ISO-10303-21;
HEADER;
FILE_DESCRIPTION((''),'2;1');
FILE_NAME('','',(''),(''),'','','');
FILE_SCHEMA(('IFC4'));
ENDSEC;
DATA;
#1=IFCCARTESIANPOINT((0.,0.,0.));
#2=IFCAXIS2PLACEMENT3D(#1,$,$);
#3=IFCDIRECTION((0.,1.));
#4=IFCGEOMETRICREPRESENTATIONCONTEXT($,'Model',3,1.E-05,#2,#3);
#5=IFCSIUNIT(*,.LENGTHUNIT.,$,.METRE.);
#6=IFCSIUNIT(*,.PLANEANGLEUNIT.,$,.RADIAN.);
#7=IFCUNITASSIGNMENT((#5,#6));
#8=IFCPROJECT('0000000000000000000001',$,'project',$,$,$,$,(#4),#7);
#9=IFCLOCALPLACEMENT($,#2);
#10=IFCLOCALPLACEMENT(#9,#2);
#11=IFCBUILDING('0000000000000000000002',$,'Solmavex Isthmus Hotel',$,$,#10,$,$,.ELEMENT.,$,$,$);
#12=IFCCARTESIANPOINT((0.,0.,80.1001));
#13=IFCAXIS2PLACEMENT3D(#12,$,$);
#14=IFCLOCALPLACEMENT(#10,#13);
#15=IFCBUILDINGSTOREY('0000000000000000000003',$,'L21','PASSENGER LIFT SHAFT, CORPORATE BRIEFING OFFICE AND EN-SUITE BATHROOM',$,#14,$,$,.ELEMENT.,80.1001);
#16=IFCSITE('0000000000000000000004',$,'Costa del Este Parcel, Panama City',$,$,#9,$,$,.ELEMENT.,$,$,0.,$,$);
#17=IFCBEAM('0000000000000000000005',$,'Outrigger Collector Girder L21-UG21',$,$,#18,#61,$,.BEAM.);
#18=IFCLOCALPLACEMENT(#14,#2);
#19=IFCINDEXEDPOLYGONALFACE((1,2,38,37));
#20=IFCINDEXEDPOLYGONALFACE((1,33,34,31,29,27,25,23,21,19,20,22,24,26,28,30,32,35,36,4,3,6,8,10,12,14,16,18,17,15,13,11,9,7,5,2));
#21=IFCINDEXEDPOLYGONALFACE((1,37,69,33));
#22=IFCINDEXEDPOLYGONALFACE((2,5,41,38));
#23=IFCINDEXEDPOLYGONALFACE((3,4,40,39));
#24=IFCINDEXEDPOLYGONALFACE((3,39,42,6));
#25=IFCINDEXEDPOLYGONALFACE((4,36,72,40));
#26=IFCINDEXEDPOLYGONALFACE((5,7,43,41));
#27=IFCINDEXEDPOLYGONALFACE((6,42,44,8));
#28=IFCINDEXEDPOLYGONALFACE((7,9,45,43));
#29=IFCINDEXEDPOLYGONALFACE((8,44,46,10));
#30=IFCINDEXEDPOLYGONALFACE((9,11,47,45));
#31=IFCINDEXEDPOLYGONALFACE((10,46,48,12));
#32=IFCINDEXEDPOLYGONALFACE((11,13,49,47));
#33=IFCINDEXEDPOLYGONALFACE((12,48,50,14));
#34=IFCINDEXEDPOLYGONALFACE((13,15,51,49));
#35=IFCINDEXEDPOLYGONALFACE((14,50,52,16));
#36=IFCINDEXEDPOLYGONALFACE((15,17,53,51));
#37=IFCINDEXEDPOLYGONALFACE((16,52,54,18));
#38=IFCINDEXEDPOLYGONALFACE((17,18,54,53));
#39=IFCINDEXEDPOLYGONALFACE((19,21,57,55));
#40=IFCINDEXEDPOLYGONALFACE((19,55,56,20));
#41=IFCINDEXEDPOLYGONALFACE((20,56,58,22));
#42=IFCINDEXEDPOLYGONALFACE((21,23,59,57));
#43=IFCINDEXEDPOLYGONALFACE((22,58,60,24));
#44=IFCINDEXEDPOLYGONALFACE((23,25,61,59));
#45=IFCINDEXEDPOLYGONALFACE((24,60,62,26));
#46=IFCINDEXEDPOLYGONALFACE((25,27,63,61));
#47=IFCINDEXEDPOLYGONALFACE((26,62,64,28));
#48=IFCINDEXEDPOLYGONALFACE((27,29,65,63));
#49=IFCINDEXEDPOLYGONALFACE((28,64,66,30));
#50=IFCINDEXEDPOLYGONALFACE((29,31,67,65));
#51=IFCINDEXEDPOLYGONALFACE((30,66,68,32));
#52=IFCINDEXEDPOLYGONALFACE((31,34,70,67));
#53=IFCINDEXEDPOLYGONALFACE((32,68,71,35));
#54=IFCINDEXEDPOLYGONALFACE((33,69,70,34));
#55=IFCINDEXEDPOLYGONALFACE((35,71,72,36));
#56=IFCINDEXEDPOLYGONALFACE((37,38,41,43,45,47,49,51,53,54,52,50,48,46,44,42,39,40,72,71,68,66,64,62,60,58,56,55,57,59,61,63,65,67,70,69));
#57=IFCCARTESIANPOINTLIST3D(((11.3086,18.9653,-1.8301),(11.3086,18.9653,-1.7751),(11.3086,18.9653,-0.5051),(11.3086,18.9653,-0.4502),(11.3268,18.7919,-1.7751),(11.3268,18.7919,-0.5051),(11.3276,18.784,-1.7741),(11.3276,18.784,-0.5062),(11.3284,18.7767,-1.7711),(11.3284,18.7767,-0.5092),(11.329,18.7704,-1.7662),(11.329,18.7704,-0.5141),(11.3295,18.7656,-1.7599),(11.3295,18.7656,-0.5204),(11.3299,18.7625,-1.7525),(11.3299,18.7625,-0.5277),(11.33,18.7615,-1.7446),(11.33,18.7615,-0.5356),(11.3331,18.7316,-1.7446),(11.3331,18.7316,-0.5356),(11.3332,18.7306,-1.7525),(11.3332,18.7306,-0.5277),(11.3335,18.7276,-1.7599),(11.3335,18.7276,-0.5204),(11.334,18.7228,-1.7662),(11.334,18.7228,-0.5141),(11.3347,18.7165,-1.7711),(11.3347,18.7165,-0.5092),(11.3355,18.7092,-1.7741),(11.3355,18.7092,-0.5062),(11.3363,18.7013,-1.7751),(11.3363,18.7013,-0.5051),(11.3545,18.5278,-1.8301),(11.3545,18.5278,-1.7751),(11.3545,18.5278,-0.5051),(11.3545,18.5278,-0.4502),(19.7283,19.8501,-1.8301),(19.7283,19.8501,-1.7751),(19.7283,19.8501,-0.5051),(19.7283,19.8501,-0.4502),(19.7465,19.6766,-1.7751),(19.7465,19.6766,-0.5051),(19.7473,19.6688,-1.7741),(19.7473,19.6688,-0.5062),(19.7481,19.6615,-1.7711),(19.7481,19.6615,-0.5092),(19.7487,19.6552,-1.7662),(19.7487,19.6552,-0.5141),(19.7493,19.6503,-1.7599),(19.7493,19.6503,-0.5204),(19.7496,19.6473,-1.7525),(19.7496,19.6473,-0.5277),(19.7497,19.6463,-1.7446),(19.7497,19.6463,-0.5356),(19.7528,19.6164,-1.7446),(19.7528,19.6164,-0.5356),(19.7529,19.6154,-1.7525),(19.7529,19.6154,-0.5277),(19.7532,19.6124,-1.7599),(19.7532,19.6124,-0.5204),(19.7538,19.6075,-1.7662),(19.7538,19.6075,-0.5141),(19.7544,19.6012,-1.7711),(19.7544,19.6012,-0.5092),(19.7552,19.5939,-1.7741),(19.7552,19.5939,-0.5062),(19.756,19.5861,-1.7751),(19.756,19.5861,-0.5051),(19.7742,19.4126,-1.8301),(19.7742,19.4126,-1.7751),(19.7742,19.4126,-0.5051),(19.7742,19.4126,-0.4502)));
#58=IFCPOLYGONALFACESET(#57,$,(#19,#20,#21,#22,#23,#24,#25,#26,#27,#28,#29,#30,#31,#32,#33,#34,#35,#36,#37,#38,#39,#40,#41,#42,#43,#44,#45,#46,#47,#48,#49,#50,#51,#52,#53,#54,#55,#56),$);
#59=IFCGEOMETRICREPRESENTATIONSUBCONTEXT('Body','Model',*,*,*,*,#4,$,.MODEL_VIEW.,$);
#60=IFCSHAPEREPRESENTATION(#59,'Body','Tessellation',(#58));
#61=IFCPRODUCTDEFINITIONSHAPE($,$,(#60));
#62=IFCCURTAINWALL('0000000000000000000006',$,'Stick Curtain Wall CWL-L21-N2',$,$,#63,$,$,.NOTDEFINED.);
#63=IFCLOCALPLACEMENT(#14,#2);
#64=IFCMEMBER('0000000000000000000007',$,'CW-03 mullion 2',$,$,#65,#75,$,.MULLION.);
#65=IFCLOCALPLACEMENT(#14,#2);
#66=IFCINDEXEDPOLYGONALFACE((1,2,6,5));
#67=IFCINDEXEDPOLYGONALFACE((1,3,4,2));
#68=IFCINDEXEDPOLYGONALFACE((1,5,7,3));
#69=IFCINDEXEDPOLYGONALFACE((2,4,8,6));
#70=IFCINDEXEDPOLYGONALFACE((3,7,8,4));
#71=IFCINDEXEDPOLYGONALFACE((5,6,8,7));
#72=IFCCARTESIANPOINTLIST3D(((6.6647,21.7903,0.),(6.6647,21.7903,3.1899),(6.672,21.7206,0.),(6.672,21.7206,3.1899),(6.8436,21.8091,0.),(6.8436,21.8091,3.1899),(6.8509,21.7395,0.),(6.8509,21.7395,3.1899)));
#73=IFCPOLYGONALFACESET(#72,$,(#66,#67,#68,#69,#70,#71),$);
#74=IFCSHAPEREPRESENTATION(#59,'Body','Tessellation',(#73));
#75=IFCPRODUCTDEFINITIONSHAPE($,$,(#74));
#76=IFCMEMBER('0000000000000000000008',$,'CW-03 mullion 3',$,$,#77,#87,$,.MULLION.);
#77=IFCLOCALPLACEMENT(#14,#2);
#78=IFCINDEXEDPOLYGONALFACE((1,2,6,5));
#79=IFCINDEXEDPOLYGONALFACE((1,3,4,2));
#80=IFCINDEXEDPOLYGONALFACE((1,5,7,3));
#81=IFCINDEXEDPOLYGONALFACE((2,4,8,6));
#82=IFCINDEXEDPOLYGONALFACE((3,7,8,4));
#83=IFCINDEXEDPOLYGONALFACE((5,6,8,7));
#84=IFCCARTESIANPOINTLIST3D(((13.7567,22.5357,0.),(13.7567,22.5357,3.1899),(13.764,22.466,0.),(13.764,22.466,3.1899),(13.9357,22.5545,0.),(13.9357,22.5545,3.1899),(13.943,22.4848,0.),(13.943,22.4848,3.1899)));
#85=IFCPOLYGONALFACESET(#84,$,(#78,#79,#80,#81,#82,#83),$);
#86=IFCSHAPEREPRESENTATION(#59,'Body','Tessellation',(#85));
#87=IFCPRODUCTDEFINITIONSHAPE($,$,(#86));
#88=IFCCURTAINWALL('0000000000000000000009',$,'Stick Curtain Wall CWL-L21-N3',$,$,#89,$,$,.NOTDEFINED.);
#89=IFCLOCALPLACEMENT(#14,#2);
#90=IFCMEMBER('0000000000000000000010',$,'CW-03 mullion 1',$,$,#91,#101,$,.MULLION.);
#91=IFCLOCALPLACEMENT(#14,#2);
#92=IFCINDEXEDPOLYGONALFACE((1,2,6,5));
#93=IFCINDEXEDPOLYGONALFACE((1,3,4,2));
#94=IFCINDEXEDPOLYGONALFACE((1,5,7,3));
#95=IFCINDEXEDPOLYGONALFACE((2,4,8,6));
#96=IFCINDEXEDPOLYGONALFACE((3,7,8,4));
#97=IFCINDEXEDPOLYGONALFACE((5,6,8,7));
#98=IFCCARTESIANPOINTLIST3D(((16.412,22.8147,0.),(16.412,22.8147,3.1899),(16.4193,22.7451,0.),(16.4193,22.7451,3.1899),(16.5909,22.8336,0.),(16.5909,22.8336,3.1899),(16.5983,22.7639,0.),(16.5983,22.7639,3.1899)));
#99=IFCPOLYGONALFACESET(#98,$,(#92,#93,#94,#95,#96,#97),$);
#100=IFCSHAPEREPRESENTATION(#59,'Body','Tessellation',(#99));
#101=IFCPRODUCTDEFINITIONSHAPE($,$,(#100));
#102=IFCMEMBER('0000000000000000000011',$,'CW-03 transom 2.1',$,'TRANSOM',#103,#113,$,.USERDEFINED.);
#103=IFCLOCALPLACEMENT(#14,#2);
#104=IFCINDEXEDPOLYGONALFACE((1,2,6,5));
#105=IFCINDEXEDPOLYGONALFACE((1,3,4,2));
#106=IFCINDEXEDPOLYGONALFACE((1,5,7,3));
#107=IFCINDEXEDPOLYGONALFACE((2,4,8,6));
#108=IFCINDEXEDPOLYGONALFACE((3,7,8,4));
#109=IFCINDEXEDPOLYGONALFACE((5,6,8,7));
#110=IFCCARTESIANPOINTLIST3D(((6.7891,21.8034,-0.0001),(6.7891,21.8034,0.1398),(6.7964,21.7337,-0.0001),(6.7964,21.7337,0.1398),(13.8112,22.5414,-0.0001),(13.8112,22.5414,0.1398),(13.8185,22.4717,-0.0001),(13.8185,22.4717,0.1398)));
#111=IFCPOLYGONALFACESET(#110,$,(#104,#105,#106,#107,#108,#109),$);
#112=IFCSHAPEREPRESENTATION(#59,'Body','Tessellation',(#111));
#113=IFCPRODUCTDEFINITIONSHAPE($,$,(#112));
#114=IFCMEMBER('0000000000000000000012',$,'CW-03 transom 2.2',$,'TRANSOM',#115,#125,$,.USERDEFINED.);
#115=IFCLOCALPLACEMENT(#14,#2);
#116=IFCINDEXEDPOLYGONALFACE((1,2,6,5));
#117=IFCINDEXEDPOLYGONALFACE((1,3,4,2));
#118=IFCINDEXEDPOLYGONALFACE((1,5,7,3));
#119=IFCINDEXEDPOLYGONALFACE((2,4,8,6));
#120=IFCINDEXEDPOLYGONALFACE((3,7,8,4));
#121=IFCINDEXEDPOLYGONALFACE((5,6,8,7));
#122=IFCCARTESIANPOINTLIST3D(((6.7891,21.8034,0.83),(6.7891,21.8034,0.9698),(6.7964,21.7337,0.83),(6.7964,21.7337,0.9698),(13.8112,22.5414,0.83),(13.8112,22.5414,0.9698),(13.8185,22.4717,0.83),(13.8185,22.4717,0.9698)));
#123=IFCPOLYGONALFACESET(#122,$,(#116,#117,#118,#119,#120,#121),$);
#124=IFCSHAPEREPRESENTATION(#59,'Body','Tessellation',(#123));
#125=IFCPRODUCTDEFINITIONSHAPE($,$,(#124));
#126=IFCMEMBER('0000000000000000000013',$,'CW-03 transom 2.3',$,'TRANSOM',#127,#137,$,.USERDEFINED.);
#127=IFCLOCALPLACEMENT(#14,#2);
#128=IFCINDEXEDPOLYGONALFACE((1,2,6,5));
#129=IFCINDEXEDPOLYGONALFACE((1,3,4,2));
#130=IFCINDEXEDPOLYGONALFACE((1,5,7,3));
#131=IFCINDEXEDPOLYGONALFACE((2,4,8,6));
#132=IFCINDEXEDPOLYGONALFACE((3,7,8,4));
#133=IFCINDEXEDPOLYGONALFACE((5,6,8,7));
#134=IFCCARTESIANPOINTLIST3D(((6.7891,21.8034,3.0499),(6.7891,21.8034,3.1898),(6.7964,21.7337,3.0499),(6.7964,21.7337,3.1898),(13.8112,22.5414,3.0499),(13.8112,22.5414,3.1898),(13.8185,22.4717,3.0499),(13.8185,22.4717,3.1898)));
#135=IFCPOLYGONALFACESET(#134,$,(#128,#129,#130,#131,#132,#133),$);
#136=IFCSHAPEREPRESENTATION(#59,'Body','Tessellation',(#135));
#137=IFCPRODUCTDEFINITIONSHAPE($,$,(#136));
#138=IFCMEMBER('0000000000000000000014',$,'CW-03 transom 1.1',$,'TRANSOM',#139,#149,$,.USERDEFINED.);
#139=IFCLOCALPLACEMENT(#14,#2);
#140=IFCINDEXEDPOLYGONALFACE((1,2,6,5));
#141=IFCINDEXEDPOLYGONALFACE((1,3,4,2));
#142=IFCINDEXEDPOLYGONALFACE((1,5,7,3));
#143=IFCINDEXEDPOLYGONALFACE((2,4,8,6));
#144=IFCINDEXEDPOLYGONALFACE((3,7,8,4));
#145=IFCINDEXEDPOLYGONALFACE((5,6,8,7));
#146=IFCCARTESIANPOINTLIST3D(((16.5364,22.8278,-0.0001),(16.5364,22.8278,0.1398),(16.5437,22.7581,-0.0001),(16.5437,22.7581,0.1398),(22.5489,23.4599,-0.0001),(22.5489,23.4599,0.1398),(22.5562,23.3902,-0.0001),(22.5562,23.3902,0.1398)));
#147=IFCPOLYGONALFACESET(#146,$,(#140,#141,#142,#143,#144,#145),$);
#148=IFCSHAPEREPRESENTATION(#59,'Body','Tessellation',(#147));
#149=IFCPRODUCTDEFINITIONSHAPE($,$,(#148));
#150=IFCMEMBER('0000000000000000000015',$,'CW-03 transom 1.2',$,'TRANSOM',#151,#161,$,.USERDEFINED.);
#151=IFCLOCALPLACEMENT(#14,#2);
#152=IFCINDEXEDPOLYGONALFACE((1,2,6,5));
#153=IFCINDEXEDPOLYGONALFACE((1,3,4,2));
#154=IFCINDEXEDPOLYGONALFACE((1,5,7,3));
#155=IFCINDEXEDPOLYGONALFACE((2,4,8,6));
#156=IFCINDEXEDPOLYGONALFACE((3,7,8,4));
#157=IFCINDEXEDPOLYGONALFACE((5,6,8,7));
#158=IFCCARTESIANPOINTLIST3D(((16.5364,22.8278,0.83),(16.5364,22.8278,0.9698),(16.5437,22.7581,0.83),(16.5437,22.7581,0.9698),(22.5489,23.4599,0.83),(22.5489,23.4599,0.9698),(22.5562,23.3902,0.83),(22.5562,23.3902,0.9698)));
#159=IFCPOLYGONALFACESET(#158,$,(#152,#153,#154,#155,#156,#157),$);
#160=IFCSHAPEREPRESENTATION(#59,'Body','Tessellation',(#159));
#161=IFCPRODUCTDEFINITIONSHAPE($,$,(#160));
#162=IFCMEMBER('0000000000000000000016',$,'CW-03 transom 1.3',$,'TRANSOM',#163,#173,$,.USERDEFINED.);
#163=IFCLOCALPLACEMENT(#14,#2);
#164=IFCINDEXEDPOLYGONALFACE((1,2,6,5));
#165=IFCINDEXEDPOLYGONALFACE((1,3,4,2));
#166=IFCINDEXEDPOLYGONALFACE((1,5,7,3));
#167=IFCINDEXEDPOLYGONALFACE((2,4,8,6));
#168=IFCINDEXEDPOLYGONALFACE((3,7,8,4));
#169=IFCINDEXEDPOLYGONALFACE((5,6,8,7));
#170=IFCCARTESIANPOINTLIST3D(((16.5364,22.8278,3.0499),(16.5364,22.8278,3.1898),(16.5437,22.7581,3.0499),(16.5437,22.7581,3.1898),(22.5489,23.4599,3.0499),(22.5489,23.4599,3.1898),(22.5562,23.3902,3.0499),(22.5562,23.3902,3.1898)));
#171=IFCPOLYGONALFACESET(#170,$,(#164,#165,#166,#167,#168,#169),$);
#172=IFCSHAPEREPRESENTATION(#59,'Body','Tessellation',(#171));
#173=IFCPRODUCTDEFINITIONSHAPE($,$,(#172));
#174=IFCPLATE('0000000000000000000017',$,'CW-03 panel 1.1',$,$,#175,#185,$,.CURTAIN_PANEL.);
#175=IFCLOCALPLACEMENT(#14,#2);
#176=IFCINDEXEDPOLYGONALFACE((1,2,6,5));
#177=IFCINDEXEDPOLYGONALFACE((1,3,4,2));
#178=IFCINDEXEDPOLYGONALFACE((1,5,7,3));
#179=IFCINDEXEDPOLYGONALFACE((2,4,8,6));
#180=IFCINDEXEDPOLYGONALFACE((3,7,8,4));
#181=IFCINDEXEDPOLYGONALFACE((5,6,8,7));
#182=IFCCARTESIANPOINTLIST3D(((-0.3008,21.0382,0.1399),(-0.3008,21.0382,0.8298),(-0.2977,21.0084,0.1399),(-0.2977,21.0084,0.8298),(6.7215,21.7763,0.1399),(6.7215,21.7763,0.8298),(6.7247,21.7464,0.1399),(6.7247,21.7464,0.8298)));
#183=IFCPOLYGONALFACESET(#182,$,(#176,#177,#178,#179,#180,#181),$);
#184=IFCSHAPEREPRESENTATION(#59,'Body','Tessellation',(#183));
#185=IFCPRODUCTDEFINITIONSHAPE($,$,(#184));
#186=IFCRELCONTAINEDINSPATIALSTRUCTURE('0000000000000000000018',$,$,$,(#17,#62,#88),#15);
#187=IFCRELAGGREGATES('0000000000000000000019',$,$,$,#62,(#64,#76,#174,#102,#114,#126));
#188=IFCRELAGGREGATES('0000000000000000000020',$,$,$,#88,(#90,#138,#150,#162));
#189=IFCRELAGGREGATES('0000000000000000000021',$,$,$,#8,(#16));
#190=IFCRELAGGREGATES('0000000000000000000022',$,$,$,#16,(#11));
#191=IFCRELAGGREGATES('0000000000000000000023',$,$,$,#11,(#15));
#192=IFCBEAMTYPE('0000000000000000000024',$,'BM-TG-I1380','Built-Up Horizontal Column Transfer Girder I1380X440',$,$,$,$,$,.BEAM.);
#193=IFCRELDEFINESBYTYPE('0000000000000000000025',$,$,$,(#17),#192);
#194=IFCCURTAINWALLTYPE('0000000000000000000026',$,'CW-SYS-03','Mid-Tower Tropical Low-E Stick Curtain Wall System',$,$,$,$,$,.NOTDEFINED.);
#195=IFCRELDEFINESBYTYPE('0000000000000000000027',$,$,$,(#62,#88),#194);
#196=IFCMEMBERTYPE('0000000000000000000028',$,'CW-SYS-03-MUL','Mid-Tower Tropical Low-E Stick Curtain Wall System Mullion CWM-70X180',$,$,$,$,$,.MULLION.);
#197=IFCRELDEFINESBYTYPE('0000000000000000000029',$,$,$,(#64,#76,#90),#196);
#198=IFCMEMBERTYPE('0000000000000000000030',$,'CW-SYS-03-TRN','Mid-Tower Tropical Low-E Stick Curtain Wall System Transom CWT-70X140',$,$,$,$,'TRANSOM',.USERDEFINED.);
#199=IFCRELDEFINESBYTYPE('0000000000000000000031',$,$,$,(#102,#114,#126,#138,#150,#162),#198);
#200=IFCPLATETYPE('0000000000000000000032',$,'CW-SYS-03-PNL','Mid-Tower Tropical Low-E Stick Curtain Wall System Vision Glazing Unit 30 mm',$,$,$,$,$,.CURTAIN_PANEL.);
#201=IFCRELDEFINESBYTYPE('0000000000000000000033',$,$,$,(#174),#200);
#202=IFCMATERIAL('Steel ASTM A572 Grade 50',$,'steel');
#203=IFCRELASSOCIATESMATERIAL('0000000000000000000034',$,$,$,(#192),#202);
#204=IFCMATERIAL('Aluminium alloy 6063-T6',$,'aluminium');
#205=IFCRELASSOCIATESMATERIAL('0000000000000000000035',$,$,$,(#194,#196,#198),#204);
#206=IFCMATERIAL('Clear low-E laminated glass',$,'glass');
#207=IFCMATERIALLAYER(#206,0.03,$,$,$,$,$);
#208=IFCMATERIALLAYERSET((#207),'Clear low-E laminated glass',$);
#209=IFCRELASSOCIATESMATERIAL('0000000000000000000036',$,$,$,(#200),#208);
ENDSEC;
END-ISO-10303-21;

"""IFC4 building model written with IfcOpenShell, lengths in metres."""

from ifc_helpers import new_model, si_unit, direction, frame, origin, origin_2d, place, context, subcontext, project, spatial, rectangle, i_section, extrude, material, layer, layer_set, material_profile, profile_set, type_object, element, aggregate, save


model = new_model("IFC4")

# Units and contexts
model_context = context("Model", 3, precision=1e-05, world=origin(), true_north=direction((0.0, 1.0)))
body_context = subcontext(model_context, "Body", "Model", "MODEL_VIEW")
ifc_project = project(units=[si_unit("LENGTHUNIT", "METRE"), si_unit("PLANEANGLEUNIT", "RADIAN")], contexts=[model_context])

# Site, building, storey
site_placement = place(None, origin())
site = spatial("IfcSite", under=ifc_project, at=site_placement, Name="Costa del Este Parcel, Panama City", CompositionType="ELEMENT", RefElevation=0.0)
building_placement = place(site_placement, origin())
building = spatial("IfcBuilding", under=site, at=building_placement, Name="Solmavex Isthmus Hotel", CompositionType="ELEMENT")
storey_placement = place(building_placement, frame((0.0, 0.0, 80.1001)))
storey = spatial("IfcBuildingStorey", under=building, at=storey_placement, Name="L21", Description="PASSENGER LIFT SHAFT, CORPORATE BRIEFING OFFICE AND EN-SUITE BATHROOM", CompositionType="ELEMENT", Elevation=80.1001)

# Beam
ifc_material_1 = material(Name="Steel ASTM A572 Grade 50", Category="steel")
ifc_material_profile_1 = material_profile(ifc_material_1, i_section(OverallWidth=0.4399, OverallDepth=1.3799, WebThickness=0.03, FlangeThickness=0.0549, FilletRadius=0.0305, at=origin_2d()), Name="I1380X440")
ifc_profile_set_1 = profile_set([ifc_material_profile_1], Name="Steel ASTM A572 Grade 50")
beam_type = type_object("IfcBeamType", Name="BM-TG-I1380", Description="Built-Up Horizontal Column Transfer Girder I1380X440", PredefinedType="BEAM", material=ifc_profile_set_1)
beam_placement = place(storey_placement, frame((11.3315, 18.7466, -1.1401), z_axis=(0.994524, 0.104508, 0.0), x_axis=(-0.104508, 0.994524, 0.0)))
element("IfcBeam", 1, at=beam_placement, inside=storey, type_object=beam_type, Name="Outrigger Collector Girder L21-UG21", PredefinedType="BEAM", context=body_context, shape_type="SweptSolid", body=[
    extrude(i_section(OverallWidth=0.4399, OverallDepth=1.3799, WebThickness=0.03, FlangeThickness=0.0549, FilletRadius=0.0305, at=origin_2d()), origin(), (0.0, 0.0, 1.0), 8.4661),
])

# Curtain wall, members
ifc_material_2 = material(Name="Aluminium alloy 6063-T6", Category="aluminium")
curtain_wall_type = type_object("IfcCurtainWallType", Name="CW-SYS-03", Description="Mid-Tower Tropical Low-E Stick Curtain Wall System", PredefinedType="NOTDEFINED", material=ifc_material_2)
curtain_wall_1_placement = place(storey_placement, origin())
curtain_wall_1 = element("IfcCurtainWall", 2, at=curtain_wall_1_placement, inside=storey, type_object=curtain_wall_type, Name="Stick Curtain Wall CWL-L21-N2", PredefinedType="NOTDEFINED")
ifc_material_profile_2 = material_profile(ifc_material_2, rectangle(XDim=0.0701, YDim=0.1799, at=origin_2d()), Name="CWM-70X180")
ifc_profile_set_2 = profile_set([ifc_material_profile_2], Name="Aluminium alloy 6063-T6")
member_type_1 = type_object("IfcMemberType", Name="CW-SYS-03-MUL", Description="Mid-Tower Tropical Low-E Stick Curtain Wall System Mullion CWM-70X180", PredefinedType="MULLION", material=ifc_profile_set_2)
member_1_placement = place(storey_placement, frame((6.7578, 21.7649, 0.0), z_axis=(0.0, 0.0, 1.0), x_axis=(-0.104529, 0.994522, 0.0)))
member_1 = element("IfcMember", 3, at=member_1_placement, type_object=member_type_1, Name="CW-03 mullion 2", PredefinedType="MULLION", context=body_context, shape_type="SweptSolid", body=[
    extrude(rectangle(XDim=0.0701, YDim=0.1799, at=origin_2d()), origin(), (0.0, 0.0, 1.0), 3.1899),
])
member_2_placement = place(storey_placement, frame((13.8499, 22.5103, 0.0), z_axis=(0.0, 0.0, 1.0), x_axis=(-0.104529, 0.994522, 0.0)))
member_2 = element("IfcMember", 4, at=member_2_placement, type_object=member_type_1, Name="CW-03 mullion 3", PredefinedType="MULLION", context=body_context, shape_type="SweptSolid", body=[
    extrude(rectangle(XDim=0.0701, YDim=0.1799, at=origin_2d()), origin(), (0.0, 0.0, 1.0), 3.1899),
])

# Curtain wall, member
curtain_wall_2_placement = place(storey_placement, origin())
curtain_wall_2 = element("IfcCurtainWall", 5, at=curtain_wall_2_placement, inside=storey, type_object=curtain_wall_type, Name="Stick Curtain Wall CWL-L21-N3", PredefinedType="NOTDEFINED")
member_3_placement = place(storey_placement, frame((16.5051, 22.7893, 0.0), z_axis=(0.0, 0.0, 1.0), x_axis=(-0.104528, 0.994522, 0.0)))
member_3 = element("IfcMember", 6, at=member_3_placement, type_object=member_type_1, Name="CW-03 mullion 1", PredefinedType="MULLION", context=body_context, shape_type="SweptSolid", body=[
    extrude(rectangle(XDim=0.0701, YDim=0.1799, at=origin_2d()), origin(), (0.0, 0.0, 1.0), 3.1899),
])

# Members
ifc_material_profile_3 = material_profile(ifc_material_2, rectangle(XDim=0.0701, YDim=0.1399, at=origin_2d()), Name="CWT-70X140")
ifc_profile_set_3 = profile_set([ifc_material_profile_3], Name="Aluminium alloy 6063-T6")
member_type_2 = type_object("IfcMemberType", Name="CW-SYS-03-TRN", Description="Mid-Tower Tropical Low-E Stick Curtain Wall System Transom CWT-70X140", ElementType="TRANSOM", PredefinedType="USERDEFINED", material=ifc_profile_set_3)
member_4_placement = place(storey_placement, frame((6.7927, 21.7686, 0.0698), z_axis=(0.994522, 0.104525, 0.0), x_axis=(-0.104525, 0.994522, 0.0)))
member_4 = element("IfcMember", 7, at=member_4_placement, type_object=member_type_2, Name="CW-03 transom 2.1", ObjectType="TRANSOM", PredefinedType="USERDEFINED", context=body_context, shape_type="SweptSolid", body=[
    extrude(rectangle(XDim=0.0701, YDim=0.1399, at=origin_2d()), origin(), (0.0, 0.0, 1.0), 7.0608),
])
member_5_placement = place(storey_placement, frame((6.7927, 21.7686, 0.8999), z_axis=(0.994522, 0.104525, 0.0), x_axis=(-0.104525, 0.994522, 0.0)))
member_5 = element("IfcMember", 8, at=member_5_placement, type_object=member_type_2, Name="CW-03 transom 2.2", ObjectType="TRANSOM", PredefinedType="USERDEFINED", context=body_context, shape_type="SweptSolid", body=[
    extrude(rectangle(XDim=0.0701, YDim=0.1399, at=origin_2d()), origin(), (0.0, 0.0, 1.0), 7.0608),
])
member_6_placement = place(storey_placement, frame((6.7927, 21.7686, 3.1199), z_axis=(0.994522, 0.104525, 0.0), x_axis=(-0.104525, 0.994522, 0.0)))
member_6 = element("IfcMember", 9, at=member_6_placement, type_object=member_type_2, Name="CW-03 transom 2.3", ObjectType="TRANSOM", PredefinedType="USERDEFINED", context=body_context, shape_type="SweptSolid", body=[
    extrude(rectangle(XDim=0.0701, YDim=0.1399, at=origin_2d()), origin(), (0.0, 0.0, 1.0), 7.0608),
])
member_7_placement = place(storey_placement, frame((16.54, 22.793, 0.0698), z_axis=(0.994519, 0.104552, 0.0), x_axis=(-0.104552, 0.994519, 0.0)))
member_7 = element("IfcMember", 10, at=member_7_placement, type_object=member_type_2, Name="CW-03 transom 1.1", ObjectType="TRANSOM", PredefinedType="USERDEFINED", context=body_context, shape_type="SweptSolid", body=[
    extrude(rectangle(XDim=0.0701, YDim=0.1399, at=origin_2d()), origin(), (0.0, 0.0, 1.0), 6.0457),
])
member_8_placement = place(storey_placement, frame((16.54, 22.793, 0.8999), z_axis=(0.994519, 0.104552, 0.0), x_axis=(-0.104552, 0.994519, 0.0)))
member_8 = element("IfcMember", 11, at=member_8_placement, type_object=member_type_2, Name="CW-03 transom 1.2", ObjectType="TRANSOM", PredefinedType="USERDEFINED", context=body_context, shape_type="SweptSolid", body=[
    extrude(rectangle(XDim=0.0701, YDim=0.1399, at=origin_2d()), origin(), (0.0, 0.0, 1.0), 6.0457),
])
member_9_placement = place(storey_placement, frame((16.54, 22.793, 3.1199), z_axis=(0.994519, 0.104552, 0.0), x_axis=(-0.104552, 0.994519, 0.0)))
member_9 = element("IfcMember", 12, at=member_9_placement, type_object=member_type_2, Name="CW-03 transom 1.3", ObjectType="TRANSOM", PredefinedType="USERDEFINED", context=body_context, shape_type="SweptSolid", body=[
    extrude(rectangle(XDim=0.0701, YDim=0.1399, at=origin_2d()), origin(), (0.0, 0.0, 1.0), 6.0457),
])

# Plate
ifc_material_3 = material(Name="Clear low-E laminated glass", Category="glass")
ifc_layer_1 = layer(ifc_material_3, 0.03)
ifc_layer_set_1 = layer_set([ifc_layer_1], Name="Clear low-E laminated glass")
plate_type = type_object("IfcPlateType", Name="CW-SYS-03-PNL", Description="Mid-Tower Tropical Low-E Stick Curtain Wall System Vision Glazing Unit 30 mm", PredefinedType="CURTAIN_PANEL", material=ifc_layer_set_1)
plate_1_placement = place(storey_placement, frame((3.2119, 21.3923, 0.1399), z_axis=(0.0, 0.0, 1.0), x_axis=(0.994522, 0.104529, 0.0)))
plate_1 = element("IfcPlate", 13, at=plate_1_placement, type_object=plate_type, Name="CW-03 panel 1.1", PredefinedType="CURTAIN_PANEL", context=body_context, shape_type="SweptSolid", body=[
    extrude(rectangle(XDim=7.061, YDim=0.03, at=origin_2d()), origin(), (0.0, 0.0, 1.0), 0.6899),
])
aggregate(curtain_wall_1, [member_1, member_2, plate_1, member_4, member_5, member_6])
aggregate(curtain_wall_2, [member_3, member_7, member_8, member_9])

save(model, "model.ifc")
